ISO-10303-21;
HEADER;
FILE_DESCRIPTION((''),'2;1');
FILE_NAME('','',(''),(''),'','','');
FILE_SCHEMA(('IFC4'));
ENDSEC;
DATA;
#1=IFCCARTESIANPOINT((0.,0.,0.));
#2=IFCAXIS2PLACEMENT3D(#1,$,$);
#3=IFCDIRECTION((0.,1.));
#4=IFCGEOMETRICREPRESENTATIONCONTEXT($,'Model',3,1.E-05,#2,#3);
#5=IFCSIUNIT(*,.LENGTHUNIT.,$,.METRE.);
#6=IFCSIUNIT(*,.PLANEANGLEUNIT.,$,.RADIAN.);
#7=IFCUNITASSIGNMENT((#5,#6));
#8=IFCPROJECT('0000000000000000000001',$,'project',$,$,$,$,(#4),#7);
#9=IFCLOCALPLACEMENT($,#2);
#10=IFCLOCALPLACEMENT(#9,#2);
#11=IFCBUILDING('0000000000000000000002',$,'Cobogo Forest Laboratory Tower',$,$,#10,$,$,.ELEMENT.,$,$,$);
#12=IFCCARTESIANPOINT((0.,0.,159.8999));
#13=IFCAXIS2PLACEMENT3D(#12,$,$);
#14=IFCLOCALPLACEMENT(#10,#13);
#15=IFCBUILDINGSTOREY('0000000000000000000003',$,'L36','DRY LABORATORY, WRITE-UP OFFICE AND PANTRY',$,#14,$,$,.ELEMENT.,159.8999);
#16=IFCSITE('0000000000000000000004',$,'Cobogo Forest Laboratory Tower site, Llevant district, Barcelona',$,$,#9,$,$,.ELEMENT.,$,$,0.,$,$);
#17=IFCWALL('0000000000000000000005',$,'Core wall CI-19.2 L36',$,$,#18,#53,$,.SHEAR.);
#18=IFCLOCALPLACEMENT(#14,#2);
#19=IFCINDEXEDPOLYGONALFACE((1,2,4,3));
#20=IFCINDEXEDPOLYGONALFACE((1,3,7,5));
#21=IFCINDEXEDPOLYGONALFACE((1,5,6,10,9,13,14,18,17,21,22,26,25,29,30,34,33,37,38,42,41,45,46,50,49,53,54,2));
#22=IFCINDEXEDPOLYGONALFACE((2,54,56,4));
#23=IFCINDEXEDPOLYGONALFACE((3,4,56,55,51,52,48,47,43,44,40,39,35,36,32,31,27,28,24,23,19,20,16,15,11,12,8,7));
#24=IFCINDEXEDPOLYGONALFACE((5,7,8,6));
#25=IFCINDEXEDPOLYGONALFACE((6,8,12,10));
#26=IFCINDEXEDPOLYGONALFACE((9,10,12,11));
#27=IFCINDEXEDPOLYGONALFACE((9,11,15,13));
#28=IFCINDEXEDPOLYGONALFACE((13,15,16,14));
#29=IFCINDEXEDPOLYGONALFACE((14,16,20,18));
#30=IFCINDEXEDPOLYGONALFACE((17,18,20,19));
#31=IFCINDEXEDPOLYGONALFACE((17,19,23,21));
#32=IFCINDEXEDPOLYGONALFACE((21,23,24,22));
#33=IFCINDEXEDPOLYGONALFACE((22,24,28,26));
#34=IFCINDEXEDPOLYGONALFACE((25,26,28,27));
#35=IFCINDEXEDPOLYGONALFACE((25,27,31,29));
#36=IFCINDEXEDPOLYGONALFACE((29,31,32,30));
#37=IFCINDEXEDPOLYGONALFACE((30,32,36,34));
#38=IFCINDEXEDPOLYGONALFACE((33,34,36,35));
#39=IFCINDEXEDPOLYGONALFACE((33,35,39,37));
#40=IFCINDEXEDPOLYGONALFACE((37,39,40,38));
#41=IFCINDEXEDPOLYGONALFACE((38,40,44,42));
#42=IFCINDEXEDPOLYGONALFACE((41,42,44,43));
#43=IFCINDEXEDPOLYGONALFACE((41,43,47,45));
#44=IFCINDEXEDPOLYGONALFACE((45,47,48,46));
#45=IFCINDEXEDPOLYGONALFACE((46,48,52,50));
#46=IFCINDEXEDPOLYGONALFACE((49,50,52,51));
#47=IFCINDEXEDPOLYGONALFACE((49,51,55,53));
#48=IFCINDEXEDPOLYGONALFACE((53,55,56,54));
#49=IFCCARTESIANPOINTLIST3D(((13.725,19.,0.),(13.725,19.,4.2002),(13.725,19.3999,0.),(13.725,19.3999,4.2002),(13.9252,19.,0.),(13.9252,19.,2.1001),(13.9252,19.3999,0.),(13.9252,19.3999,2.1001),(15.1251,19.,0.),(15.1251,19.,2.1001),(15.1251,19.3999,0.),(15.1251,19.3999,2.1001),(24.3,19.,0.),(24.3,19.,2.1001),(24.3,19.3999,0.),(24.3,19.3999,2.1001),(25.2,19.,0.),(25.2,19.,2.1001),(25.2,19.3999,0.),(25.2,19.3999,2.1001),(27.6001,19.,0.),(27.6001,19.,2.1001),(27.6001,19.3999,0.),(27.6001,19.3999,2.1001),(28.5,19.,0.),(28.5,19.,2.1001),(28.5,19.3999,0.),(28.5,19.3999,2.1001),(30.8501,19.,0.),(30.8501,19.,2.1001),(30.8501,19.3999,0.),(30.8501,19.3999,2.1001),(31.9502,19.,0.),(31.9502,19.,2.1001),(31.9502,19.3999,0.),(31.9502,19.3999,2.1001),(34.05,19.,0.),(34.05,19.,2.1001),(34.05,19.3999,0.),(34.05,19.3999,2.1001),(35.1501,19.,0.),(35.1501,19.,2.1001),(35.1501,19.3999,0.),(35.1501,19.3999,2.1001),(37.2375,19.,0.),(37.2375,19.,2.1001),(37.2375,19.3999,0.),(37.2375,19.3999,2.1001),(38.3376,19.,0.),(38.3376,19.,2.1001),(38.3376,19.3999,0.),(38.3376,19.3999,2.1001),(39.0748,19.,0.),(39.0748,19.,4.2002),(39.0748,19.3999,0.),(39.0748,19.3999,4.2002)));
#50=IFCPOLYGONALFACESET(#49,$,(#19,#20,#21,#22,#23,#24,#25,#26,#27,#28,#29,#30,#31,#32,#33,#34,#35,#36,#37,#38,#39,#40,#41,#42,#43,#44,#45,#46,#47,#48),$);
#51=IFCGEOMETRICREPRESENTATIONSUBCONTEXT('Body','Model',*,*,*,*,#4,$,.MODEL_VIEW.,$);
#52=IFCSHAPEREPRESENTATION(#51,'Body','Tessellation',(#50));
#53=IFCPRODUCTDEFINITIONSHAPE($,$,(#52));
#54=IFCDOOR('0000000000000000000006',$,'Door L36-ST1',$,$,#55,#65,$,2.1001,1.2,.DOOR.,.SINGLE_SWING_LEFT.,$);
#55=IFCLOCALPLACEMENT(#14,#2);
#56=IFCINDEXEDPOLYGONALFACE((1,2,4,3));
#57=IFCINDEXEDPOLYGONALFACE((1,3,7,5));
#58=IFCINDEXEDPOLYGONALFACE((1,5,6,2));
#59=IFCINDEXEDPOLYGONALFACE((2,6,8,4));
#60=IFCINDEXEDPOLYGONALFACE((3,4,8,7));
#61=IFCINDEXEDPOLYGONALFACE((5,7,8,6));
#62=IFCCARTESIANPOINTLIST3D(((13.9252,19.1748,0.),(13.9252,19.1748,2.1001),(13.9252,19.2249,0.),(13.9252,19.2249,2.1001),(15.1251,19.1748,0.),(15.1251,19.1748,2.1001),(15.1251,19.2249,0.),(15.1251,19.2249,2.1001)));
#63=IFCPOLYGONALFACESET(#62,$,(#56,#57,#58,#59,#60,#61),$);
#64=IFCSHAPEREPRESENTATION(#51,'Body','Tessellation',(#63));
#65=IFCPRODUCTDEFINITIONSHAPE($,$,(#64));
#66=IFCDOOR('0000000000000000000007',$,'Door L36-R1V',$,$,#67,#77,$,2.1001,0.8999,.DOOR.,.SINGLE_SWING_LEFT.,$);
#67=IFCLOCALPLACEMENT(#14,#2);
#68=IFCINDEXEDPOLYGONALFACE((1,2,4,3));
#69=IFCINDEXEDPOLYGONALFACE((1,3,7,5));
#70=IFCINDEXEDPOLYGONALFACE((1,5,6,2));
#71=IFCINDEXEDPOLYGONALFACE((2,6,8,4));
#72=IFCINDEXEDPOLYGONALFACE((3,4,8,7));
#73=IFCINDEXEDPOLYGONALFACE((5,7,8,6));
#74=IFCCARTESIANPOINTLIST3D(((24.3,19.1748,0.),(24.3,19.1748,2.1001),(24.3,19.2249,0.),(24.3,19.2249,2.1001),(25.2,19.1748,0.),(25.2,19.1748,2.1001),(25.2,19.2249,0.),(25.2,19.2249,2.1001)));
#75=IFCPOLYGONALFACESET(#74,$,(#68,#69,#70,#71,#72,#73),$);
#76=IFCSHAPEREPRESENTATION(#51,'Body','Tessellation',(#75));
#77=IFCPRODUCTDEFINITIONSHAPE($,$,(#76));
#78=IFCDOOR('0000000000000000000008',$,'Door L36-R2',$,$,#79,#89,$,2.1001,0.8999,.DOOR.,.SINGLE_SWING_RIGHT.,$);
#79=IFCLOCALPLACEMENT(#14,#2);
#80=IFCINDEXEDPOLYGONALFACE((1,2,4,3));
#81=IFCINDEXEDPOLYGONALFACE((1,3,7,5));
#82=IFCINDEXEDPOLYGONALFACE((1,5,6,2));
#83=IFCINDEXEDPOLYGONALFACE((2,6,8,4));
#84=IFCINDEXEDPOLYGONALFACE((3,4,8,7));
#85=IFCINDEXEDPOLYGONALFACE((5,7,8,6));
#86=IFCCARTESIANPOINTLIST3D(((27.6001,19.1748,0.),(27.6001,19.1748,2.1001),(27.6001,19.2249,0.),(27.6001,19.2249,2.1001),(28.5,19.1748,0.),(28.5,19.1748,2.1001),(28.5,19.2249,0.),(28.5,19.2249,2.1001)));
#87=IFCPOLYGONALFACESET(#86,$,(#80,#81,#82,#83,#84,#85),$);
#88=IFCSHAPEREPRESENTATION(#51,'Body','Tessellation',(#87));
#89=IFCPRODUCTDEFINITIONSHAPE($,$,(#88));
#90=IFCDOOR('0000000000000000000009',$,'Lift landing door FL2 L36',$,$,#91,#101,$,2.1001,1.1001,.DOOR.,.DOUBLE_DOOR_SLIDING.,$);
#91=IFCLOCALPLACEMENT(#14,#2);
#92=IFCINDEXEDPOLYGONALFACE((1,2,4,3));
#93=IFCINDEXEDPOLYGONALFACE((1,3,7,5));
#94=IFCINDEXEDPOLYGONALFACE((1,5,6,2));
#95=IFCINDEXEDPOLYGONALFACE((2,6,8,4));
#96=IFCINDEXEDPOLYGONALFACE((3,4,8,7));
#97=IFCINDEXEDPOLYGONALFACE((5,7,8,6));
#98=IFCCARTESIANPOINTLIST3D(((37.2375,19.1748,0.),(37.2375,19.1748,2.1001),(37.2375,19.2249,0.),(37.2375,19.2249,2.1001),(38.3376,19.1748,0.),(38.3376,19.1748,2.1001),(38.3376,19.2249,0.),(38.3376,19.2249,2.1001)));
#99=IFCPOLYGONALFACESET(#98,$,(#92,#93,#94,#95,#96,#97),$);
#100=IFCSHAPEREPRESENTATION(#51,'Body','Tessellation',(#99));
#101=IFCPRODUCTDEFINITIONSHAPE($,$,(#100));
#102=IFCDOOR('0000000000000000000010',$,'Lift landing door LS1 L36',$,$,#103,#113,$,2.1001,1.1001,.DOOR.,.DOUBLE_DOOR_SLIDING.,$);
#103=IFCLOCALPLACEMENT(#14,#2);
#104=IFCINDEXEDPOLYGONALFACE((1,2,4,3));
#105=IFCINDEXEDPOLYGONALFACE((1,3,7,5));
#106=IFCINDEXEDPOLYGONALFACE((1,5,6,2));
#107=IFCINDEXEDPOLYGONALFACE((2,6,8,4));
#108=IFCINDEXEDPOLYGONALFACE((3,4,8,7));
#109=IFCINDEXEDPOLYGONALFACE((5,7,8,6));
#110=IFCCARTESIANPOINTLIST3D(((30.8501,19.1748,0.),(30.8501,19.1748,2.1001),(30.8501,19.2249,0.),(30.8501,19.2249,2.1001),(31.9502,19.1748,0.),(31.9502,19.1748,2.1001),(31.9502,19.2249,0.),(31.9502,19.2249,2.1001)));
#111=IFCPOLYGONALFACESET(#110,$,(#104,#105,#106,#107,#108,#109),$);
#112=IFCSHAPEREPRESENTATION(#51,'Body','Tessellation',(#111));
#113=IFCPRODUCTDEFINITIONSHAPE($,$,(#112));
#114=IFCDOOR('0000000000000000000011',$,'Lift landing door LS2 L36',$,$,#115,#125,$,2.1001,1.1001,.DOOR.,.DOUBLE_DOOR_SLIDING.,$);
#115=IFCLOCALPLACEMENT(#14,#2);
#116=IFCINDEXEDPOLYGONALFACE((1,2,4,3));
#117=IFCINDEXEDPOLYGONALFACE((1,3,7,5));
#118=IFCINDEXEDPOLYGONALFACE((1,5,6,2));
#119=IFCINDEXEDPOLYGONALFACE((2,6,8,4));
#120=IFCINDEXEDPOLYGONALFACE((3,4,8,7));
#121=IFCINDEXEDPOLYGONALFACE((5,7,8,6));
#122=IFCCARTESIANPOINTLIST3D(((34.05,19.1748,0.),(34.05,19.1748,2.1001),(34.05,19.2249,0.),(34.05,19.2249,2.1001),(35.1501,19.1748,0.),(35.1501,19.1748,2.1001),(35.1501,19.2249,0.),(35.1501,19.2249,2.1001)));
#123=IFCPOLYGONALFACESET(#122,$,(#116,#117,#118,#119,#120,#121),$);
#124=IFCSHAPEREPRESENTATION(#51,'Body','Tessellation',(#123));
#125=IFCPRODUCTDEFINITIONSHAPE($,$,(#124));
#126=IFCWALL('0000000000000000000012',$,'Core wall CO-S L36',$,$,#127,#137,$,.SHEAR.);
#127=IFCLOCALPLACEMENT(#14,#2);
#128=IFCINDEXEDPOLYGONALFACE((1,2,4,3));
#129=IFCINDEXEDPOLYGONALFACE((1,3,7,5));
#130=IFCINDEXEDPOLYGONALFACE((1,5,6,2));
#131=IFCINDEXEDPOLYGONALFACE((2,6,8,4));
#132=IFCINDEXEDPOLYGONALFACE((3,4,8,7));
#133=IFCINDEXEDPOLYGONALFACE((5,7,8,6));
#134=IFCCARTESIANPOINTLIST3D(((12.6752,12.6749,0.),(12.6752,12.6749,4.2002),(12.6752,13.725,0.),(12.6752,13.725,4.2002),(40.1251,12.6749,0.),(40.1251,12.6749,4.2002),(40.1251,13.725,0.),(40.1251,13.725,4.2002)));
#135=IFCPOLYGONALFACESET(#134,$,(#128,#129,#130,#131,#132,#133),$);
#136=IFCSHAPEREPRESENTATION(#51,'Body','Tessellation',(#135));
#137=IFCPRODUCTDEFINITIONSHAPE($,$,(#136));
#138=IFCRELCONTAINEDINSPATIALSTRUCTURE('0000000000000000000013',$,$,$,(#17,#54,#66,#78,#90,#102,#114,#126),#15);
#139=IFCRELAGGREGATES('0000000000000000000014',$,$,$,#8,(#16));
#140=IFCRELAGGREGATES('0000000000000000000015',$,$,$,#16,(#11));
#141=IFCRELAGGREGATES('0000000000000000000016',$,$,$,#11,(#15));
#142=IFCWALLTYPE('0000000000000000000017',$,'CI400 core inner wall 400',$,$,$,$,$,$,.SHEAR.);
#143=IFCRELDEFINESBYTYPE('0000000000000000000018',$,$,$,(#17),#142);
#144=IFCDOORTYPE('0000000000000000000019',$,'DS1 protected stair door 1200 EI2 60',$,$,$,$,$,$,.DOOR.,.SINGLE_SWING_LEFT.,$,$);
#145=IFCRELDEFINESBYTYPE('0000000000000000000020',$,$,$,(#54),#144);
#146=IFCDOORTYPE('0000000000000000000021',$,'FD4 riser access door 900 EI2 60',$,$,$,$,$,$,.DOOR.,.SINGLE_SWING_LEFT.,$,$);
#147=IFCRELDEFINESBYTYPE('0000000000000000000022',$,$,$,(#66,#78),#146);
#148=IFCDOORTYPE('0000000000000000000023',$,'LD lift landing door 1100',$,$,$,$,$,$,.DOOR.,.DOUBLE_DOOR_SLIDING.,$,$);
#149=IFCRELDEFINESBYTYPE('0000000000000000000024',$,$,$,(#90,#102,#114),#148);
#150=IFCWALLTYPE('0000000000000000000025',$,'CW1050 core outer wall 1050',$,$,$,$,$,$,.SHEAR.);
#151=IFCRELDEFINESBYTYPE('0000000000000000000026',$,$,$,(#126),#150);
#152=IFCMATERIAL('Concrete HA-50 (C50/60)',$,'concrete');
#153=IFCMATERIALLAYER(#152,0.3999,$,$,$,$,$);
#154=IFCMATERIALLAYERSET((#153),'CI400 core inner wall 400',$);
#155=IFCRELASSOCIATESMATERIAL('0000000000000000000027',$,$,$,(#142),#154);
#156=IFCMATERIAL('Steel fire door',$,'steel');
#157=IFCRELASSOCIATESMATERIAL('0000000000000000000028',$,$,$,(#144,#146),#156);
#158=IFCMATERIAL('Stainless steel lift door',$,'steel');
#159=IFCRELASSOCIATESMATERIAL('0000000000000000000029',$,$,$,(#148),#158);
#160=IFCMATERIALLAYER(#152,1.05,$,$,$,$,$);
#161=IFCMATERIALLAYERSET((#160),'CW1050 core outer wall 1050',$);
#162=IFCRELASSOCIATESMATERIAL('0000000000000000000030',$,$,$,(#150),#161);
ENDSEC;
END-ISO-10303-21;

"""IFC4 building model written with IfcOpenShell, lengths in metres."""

from ifc_helpers import new_model, si_unit, direction, frame, frame_2d, origin, place, context, subcontext, project, spatial, rectangle, extrude, material, layer, layer_set, type_object, element, fill, save


model = new_model("IFC4")

# Units and contexts
model_context = context("Model", 3, precision=1e-05, world=origin(), true_north=direction((0.0, 1.0)))
body_context = subcontext(model_context, "Body", "Model", "MODEL_VIEW")
ifc_project = project(units=[si_unit("LENGTHUNIT", "METRE"), si_unit("PLANEANGLEUNIT", "RADIAN")], contexts=[model_context])

# Site, building, storey
site_placement = place(None, origin())
site = spatial("IfcSite", under=ifc_project, at=site_placement, Name="Cobogo Forest Laboratory Tower site, Llevant district, Barcelona", CompositionType="ELEMENT", RefElevation=0.0)
building_placement = place(site_placement, origin())
building = spatial("IfcBuilding", under=site, at=building_placement, Name="Cobogo Forest Laboratory Tower", CompositionType="ELEMENT")
storey_placement = place(building_placement, frame((0.0, 0.0, 159.8999)))
storey = spatial("IfcBuildingStorey", under=building, at=storey_placement, Name="L36", Description="DRY LABORATORY, WRITE-UP OFFICE AND PANTRY", CompositionType="ELEMENT", Elevation=159.8999)

# Wall, openings, doors
ifc_material_1 = material(Name="Concrete HA-50 (C50/60)", Category="concrete")
ifc_layer_1 = layer(ifc_material_1, 0.3999)
ifc_layer_set_1 = layer_set([ifc_layer_1], Name="CI400 core inner wall 400")
wall_type_1 = type_object("IfcWallType", Name="CI400 core inner wall 400", PredefinedType="SHEAR", material=ifc_layer_set_1)
ifc_material_2 = material(Name="Steel fire door", Category="steel")
wall_1_placement = place(storey_placement, frame((13.7251, 19.2, 0.0), z_axis=(0.0, 0.0, 1.0), x_axis=(1.0, 0.0, 0.0)))
wall_1 = element("IfcWall", 1, at=wall_1_placement, inside=storey, type_object=wall_type_1, Name="Core wall CI-19.2 L36", PredefinedType="SHEAR", context=body_context, shape_type="SweptSolid", body=[
    extrude(rectangle(XDim=25.3499, YDim=0.3999, at=frame_2d((12.6748, 0.0))), origin(), (0.0, 0.0, 1.0), 4.2002),
])
opening_1_placement = place(wall_1_placement, frame((10.575, 0.0, 0.0)))
opening_1 = element("IfcOpeningElement", 2, at=opening_1_placement, cuts=wall_1, PredefinedType="OPENING", context=body_context, shape_type="SweptSolid", body=[
    extrude(rectangle(XDim=0.8999, YDim=2.1001, at=frame_2d((0.45, 1.05))), frame((0.0, 0.21, 0.0), z_axis=(0.0, -1.0, 0.0), x_axis=(1.0, 0.0, 0.0)), (0.0, 0.0, 1.0), 0.4199),
])
opening_2_placement = place(wall_1_placement, frame((13.875, 0.0, 0.0)))
opening_2 = element("IfcOpeningElement", 3, at=opening_2_placement, cuts=wall_1, PredefinedType="OPENING", context=body_context, shape_type="SweptSolid", body=[
    extrude(rectangle(XDim=0.8999, YDim=2.1001, at=frame_2d((0.45, 1.05))), frame((0.0, 0.21, 0.0), z_axis=(0.0, -1.0, 0.0), x_axis=(1.0, 0.0, 0.0)), (0.0, 0.0, 1.0), 0.4199),
])
opening_3_placement = place(wall_1_placement, frame((0.2, 0.0, 0.0)))
opening_3 = element("IfcOpeningElement", 4, at=opening_3_placement, cuts=wall_1, PredefinedType="OPENING", context=body_context, shape_type="SweptSolid", body=[
    extrude(rectangle(XDim=1.2, YDim=2.1001, at=frame_2d((0.6001, 1.05))), frame((0.0, 0.21, 0.0), z_axis=(0.0, -1.0, 0.0), x_axis=(1.0, 0.0, 0.0)), (0.0, 0.0, 1.0), 0.4199),
])
opening_4_placement = place(wall_1_placement, frame((23.5125, 0.0, 0.0)))
opening_4 = element("IfcOpeningElement", 5, at=opening_4_placement, cuts=wall_1, PredefinedType="OPENING", context=body_context, shape_type="SweptSolid", body=[
    extrude(rectangle(XDim=1.1001, YDim=2.1001, at=frame_2d((0.55, 1.05))), frame((0.0, 0.21, 0.0), z_axis=(0.0, -1.0, 0.0), x_axis=(1.0, 0.0, 0.0)), (0.0, 0.0, 1.0), 0.4199),
])
opening_5_placement = place(wall_1_placement, frame((17.125, 0.0, 0.0)))
opening_5 = element("IfcOpeningElement", 6, at=opening_5_placement, cuts=wall_1, PredefinedType="OPENING", context=body_context, shape_type="SweptSolid", body=[
    extrude(rectangle(XDim=1.1001, YDim=2.1001, at=frame_2d((0.55, 1.05))), frame((0.0, 0.21, 0.0), z_axis=(0.0, -1.0, 0.0), x_axis=(1.0, 0.0, 0.0)), (0.0, 0.0, 1.0), 0.4199),
])
opening_6_placement = place(wall_1_placement, frame((20.325, 0.0, 0.0)))
opening_6 = element("IfcOpeningElement", 7, at=opening_6_placement, cuts=wall_1, PredefinedType="OPENING", context=body_context, shape_type="SweptSolid", body=[
    extrude(rectangle(XDim=1.1001, YDim=2.1001, at=frame_2d((0.55, 1.05))), frame((0.0, 0.21, 0.0), z_axis=(0.0, -1.0, 0.0), x_axis=(1.0, 0.0, 0.0)), (0.0, 0.0, 1.0), 0.4199),
])
door_type_1 = type_object("IfcDoorType", Name="DS1 protected stair door 1200 EI2 60", OperationType="SINGLE_SWING_LEFT", PredefinedType="DOOR", material=ifc_material_2)
door_1_placement = place(opening_3_placement, origin())
door_1 = element("IfcDoor", 8, at=door_1_placement, inside=storey, type_object=door_type_1, Name="Door L36-ST1", OperationType="SINGLE_SWING_LEFT", OverallHeight=2.1001, OverallWidth=1.2, PredefinedType="DOOR", context=body_context, shape_type="SweptSolid", body=[
    extrude(rectangle(XDim=1.2, YDim=2.1001, at=frame_2d((0.6001, 1.05))), frame((0.0, 0.0249, 0.0), z_axis=(0.0, -1.0, 0.0), x_axis=(1.0, 0.0, 0.0)), (0.0, 0.0, 1.0), 0.05),
])
fill(opening_3, door_1)
door_type_2 = type_object("IfcDoorType", Name="FD4 riser access door 900 EI2 60", OperationType="SINGLE_SWING_LEFT", PredefinedType="DOOR", material=ifc_material_2)
door_2_placement = place(opening_1_placement, origin())
door_2 = element("IfcDoor", 9, at=door_2_placement, inside=storey, type_object=door_type_2, Name="Door L36-R1V", OperationType="SINGLE_SWING_LEFT", OverallHeight=2.1001, OverallWidth=0.8999, PredefinedType="DOOR", context=body_context, shape_type="SweptSolid", body=[
    extrude(rectangle(XDim=0.8999, YDim=2.1001, at=frame_2d((0.45, 1.05))), frame((0.0, 0.0249, 0.0), z_axis=(0.0, -1.0, 0.0), x_axis=(1.0, 0.0, 0.0)), (0.0, 0.0, 1.0), 0.05),
])
fill(opening_1, door_2)
door_3_placement = place(opening_2_placement, origin())
door_3 = element("IfcDoor", 10, at=door_3_placement, inside=storey, type_object=door_type_2, Name="Door L36-R2", OperationType="SINGLE_SWING_RIGHT", OverallHeight=2.1001, OverallWidth=0.8999, PredefinedType="DOOR", context=body_context, shape_type="SweptSolid", body=[
    extrude(rectangle(XDim=0.8999, YDim=2.1001, at=frame_2d((0.45, 1.05))), frame((0.0, 0.0249, 0.0), z_axis=(0.0, -1.0, 0.0), x_axis=(1.0, 0.0, 0.0)), (0.0, 0.0, 1.0), 0.05),
])
fill(opening_2, door_3)
ifc_material_3 = material(Name="Stainless steel lift door", Category="steel")
door_type_3 = type_object("IfcDoorType", Name="LD lift landing door 1100", OperationType="DOUBLE_DOOR_SLIDING", PredefinedType="DOOR", material=ifc_material_3)
door_4_placement = place(opening_4_placement, origin())
door_4 = element("IfcDoor", 11, at=door_4_placement, inside=storey, type_object=door_type_3, Name="Lift landing door FL2 L36", OperationType="DOUBLE_DOOR_SLIDING", OverallHeight=2.1001, OverallWidth=1.1001, PredefinedType="DOOR", context=body_context, shape_type="SweptSolid", body=[
    extrude(rectangle(XDim=1.1001, YDim=2.1001, at=frame_2d((0.55, 1.05))), frame((0.0, 0.0249, 0.0), z_axis=(0.0, -1.0, 0.0), x_axis=(1.0, 0.0, 0.0)), (0.0, 0.0, 1.0), 0.05),
])
fill(opening_4, door_4)
door_5_placement = place(opening_5_placement, origin())
door_5 = element("IfcDoor", 12, at=door_5_placement, inside=storey, type_object=door_type_3, Name="Lift landing door LS1 L36", OperationType="DOUBLE_DOOR_SLIDING", OverallHeight=2.1001, OverallWidth=1.1001, PredefinedType="DOOR", context=body_context, shape_type="SweptSolid", body=[
    extrude(rectangle(XDim=1.1001, YDim=2.1001, at=frame_2d((0.55, 1.05))), frame((0.0, 0.0249, 0.0), z_axis=(0.0, -1.0, 0.0), x_axis=(1.0, 0.0, 0.0)), (0.0, 0.0, 1.0), 0.05),
])
fill(opening_5, door_5)
door_6_placement = place(opening_6_placement, origin())
door_6 = element("IfcDoor", 13, at=door_6_placement, inside=storey, type_object=door_type_3, Name="Lift landing door LS2 L36", OperationType="DOUBLE_DOOR_SLIDING", OverallHeight=2.1001, OverallWidth=1.1001, PredefinedType="DOOR", context=body_context, shape_type="SweptSolid", body=[
    extrude(rectangle(XDim=1.1001, YDim=2.1001, at=frame_2d((0.55, 1.05))), frame((0.0, 0.0249, 0.0), z_axis=(0.0, -1.0, 0.0), x_axis=(1.0, 0.0, 0.0)), (0.0, 0.0, 1.0), 0.05),
])
fill(opening_6, door_6)

# Wall
ifc_layer_2 = layer(ifc_material_1, 1.05)
ifc_layer_set_2 = layer_set([ifc_layer_2], Name="CW1050 core outer wall 1050")
wall_type_2 = type_object("IfcWallType", Name="CW1050 core outer wall 1050", PredefinedType="SHEAR", material=ifc_layer_set_2)
wall_2_placement = place(storey_placement, frame((12.675, 13.2, 0.0), z_axis=(0.0, 0.0, 1.0), x_axis=(1.0, 0.0, 0.0)))
element("IfcWall", 14, at=wall_2_placement, inside=storey, type_object=wall_type_2, Name="Core wall CO-S L36", PredefinedType="SHEAR", context=body_context, shape_type="SweptSolid", body=[
    extrude(rectangle(XDim=27.45, YDim=1.05, at=frame_2d((13.7251, 0.0))), origin(), (0.0, 0.0, 1.0), 4.2002),
])

save(model, "model.ifc")
